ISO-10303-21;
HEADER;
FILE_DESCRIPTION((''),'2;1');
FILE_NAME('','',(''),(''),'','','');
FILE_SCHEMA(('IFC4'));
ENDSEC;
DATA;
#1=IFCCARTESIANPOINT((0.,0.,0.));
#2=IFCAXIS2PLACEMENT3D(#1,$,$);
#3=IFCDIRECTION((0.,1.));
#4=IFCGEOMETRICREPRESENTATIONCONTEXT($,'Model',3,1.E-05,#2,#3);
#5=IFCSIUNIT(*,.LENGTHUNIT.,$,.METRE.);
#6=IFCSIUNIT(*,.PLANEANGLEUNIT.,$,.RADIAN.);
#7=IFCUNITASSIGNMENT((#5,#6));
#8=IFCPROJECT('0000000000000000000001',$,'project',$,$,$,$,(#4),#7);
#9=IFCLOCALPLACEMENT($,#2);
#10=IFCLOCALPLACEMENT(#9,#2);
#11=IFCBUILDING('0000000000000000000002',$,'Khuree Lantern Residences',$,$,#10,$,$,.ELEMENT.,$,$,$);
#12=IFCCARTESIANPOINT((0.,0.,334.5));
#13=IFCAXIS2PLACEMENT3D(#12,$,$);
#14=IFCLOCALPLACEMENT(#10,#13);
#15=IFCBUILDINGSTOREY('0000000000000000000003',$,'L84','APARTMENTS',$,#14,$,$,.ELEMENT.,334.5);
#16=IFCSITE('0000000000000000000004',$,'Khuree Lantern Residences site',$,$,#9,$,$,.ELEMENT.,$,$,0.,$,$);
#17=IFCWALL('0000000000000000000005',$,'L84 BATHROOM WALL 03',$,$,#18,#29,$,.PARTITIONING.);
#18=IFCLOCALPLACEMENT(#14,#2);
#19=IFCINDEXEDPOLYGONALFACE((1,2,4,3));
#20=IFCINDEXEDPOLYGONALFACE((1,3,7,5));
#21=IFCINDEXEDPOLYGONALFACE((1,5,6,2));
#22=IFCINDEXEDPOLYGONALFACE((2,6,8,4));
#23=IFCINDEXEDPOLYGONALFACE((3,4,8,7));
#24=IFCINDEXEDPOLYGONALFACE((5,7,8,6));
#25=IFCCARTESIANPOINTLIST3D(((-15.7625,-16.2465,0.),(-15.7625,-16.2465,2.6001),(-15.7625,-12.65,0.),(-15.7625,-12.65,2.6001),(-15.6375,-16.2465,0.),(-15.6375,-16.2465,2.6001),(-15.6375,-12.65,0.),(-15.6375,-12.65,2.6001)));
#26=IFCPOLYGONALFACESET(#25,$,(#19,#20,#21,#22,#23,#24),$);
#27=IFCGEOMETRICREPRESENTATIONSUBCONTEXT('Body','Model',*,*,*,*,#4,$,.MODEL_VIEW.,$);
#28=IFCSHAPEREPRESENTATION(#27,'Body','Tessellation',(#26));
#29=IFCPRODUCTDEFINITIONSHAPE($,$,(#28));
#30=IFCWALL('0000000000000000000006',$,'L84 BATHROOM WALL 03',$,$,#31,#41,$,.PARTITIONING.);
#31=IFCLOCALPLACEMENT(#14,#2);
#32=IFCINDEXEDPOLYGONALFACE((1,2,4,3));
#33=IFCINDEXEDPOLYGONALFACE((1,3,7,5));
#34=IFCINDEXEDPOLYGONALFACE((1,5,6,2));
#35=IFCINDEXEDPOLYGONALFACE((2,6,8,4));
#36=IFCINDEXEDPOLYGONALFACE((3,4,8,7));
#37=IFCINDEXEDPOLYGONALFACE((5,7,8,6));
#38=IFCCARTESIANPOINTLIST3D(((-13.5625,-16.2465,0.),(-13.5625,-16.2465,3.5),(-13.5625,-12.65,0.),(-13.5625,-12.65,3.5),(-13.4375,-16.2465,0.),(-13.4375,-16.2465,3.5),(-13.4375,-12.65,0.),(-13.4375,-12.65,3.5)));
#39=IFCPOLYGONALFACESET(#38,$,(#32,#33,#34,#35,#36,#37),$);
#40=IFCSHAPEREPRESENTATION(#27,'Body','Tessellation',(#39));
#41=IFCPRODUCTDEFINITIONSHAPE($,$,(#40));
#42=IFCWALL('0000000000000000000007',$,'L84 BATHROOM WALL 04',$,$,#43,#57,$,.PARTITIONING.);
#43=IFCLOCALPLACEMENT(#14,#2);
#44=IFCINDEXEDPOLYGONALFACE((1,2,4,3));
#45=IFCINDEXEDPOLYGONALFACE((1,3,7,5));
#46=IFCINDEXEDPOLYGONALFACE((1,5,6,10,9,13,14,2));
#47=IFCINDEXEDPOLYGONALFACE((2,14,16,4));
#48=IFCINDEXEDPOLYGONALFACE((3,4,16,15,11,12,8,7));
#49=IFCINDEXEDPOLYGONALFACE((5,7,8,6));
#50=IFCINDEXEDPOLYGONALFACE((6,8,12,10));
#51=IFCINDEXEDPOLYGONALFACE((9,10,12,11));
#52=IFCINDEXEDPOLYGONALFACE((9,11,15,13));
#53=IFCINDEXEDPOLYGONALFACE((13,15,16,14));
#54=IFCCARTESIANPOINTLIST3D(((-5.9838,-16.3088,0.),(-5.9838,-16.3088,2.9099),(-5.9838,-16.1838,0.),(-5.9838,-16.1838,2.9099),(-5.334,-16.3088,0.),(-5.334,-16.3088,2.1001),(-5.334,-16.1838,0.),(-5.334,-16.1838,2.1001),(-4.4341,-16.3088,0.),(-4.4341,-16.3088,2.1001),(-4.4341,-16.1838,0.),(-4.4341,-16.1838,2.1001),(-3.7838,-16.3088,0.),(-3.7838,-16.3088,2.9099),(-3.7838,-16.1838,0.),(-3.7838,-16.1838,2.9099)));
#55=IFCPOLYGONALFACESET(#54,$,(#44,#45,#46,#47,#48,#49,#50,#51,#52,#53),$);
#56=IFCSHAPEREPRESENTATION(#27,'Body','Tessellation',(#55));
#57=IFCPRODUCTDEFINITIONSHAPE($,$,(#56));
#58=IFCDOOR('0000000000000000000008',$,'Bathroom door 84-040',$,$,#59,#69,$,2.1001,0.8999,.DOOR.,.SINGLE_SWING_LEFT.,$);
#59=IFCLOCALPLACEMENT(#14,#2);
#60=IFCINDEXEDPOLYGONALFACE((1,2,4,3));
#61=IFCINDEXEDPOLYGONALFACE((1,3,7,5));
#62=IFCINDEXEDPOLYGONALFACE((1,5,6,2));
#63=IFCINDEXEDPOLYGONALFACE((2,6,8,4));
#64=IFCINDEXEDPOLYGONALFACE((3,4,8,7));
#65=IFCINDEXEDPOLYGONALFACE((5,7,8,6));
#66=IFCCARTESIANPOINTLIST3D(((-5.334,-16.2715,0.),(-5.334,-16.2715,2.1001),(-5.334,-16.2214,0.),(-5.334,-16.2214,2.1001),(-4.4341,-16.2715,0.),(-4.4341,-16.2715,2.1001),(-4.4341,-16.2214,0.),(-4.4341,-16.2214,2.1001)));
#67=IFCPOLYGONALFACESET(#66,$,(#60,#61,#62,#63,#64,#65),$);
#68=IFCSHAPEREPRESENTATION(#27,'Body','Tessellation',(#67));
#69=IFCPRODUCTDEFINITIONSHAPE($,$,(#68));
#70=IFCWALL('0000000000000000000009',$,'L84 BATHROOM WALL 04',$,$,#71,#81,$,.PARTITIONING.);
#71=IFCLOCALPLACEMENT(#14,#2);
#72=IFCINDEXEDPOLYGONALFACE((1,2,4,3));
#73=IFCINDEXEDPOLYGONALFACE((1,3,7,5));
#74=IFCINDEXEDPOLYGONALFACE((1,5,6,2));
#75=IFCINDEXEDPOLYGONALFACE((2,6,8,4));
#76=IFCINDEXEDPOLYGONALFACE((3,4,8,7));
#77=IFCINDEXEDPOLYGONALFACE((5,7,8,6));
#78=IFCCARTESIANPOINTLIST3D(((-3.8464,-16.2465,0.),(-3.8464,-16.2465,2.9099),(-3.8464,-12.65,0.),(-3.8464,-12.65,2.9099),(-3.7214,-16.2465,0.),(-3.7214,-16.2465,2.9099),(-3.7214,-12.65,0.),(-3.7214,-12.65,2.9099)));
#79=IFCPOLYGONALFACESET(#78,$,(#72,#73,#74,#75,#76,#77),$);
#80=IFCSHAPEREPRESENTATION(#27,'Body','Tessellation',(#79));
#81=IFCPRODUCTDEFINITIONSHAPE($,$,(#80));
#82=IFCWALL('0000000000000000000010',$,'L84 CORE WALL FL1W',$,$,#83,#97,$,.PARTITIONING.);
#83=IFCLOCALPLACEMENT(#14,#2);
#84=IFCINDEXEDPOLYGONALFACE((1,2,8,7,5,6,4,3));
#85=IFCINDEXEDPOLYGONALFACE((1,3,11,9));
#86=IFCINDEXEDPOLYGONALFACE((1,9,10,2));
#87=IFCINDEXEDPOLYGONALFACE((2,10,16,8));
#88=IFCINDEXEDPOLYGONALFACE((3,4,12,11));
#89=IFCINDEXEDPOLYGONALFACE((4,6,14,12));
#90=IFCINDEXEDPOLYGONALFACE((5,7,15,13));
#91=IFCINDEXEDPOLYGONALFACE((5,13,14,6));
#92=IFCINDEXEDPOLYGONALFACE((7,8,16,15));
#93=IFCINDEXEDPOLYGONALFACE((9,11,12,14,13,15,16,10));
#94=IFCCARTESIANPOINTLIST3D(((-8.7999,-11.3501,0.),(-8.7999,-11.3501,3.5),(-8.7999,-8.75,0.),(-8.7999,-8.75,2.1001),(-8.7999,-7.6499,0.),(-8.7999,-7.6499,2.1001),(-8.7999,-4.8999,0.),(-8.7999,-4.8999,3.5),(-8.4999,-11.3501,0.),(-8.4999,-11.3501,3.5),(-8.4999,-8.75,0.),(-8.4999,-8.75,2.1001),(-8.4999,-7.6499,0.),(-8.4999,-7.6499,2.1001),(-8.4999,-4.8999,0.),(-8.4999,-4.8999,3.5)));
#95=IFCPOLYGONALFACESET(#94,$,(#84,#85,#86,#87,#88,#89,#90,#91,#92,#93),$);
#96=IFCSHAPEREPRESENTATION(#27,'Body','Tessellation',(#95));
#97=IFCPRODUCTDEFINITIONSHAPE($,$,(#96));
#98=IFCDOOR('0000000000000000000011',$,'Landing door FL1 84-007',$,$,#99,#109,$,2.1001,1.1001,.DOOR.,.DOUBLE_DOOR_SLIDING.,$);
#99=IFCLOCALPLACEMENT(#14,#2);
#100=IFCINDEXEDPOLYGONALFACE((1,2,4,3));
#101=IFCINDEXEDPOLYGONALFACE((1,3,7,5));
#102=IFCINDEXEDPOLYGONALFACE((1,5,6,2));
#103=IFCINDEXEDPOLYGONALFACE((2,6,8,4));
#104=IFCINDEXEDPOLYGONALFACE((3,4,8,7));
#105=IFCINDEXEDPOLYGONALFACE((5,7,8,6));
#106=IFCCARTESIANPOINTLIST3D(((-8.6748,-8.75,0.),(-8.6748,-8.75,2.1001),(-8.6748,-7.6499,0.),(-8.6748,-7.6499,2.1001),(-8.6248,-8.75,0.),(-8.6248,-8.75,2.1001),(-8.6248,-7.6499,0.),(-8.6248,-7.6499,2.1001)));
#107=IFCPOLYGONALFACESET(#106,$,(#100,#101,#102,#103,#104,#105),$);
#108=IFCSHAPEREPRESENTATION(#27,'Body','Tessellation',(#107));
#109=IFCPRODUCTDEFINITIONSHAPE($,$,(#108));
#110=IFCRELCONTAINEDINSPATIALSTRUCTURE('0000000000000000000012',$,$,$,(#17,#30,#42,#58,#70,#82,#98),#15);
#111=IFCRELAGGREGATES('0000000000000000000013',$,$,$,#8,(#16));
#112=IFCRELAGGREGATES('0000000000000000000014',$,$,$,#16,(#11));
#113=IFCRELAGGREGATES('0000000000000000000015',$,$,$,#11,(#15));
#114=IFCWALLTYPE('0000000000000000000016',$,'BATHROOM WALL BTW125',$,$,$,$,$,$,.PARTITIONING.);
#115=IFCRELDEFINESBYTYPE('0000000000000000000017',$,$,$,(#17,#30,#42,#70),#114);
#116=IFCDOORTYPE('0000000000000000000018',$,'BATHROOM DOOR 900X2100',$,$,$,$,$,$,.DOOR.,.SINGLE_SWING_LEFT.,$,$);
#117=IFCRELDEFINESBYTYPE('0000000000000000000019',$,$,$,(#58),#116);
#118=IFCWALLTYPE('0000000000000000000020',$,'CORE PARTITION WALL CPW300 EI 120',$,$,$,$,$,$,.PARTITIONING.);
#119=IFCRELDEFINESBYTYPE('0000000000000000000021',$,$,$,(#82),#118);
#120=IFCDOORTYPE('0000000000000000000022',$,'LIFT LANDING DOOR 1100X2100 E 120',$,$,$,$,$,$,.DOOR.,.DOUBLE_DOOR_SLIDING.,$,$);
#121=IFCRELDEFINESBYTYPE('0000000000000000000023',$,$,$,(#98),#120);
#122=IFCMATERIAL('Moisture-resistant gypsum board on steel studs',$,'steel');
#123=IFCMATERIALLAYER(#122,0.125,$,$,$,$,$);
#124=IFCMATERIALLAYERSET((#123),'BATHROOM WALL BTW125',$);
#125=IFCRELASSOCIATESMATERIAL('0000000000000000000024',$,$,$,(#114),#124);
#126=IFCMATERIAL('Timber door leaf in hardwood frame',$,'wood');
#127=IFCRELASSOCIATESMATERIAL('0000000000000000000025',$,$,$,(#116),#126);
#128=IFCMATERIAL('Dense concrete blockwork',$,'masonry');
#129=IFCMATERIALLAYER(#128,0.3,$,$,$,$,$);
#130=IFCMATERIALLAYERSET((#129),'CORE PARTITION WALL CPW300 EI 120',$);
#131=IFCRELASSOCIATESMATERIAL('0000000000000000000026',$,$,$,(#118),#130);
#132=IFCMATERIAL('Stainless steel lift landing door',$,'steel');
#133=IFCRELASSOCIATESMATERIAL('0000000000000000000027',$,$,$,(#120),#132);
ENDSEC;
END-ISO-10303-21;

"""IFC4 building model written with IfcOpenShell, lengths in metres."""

from ifc_helpers import new_model, si_unit, direction, frame, frame_2d, origin, place, context, subcontext, project, spatial, rectangle, extrude, material, layer, layer_set, type_object, element, fill, save


model = new_model("IFC4")

# Units and contexts
model_context = context("Model", 3, precision=1e-05, world=origin(), true_north=direction((0.0, 1.0)))
body_context = subcontext(model_context, "Body", "Model", "MODEL_VIEW")
ifc_project = project(units=[si_unit("LENGTHUNIT", "METRE"), si_unit("PLANEANGLEUNIT", "RADIAN")], contexts=[model_context])

# Site, building, storey
site_placement = place(None, origin())
site = spatial("IfcSite", under=ifc_project, at=site_placement, Name="Khuree Lantern Residences site", CompositionType="ELEMENT", RefElevation=0.0)
building_placement = place(site_placement, origin())
building = spatial("IfcBuilding", under=site, at=building_placement, Name="Khuree Lantern Residences", CompositionType="ELEMENT")
storey_placement = place(building_placement, frame((0.0, 0.0, 334.5)))
storey = spatial("IfcBuildingStorey", under=building, at=storey_placement, Name="L84", Description="APARTMENTS", CompositionType="ELEMENT", Elevation=334.5)

# Walls
ifc_material_1 = material(Name="Moisture-resistant gypsum board on steel studs", Category="steel")
ifc_layer_1 = layer(ifc_material_1, 0.125)
ifc_layer_set_1 = layer_set([ifc_layer_1], Name="BATHROOM WALL BTW125")
wall_type_1 = type_object("IfcWallType", Name="BATHROOM WALL BTW125", PredefinedType="PARTITIONING", material=ifc_layer_set_1)
wall_1_placement = place(storey_placement, frame((-15.7, -12.6499, 0.0), z_axis=(0.0, 0.0, 1.0), x_axis=(0.0, -1.0, 0.0)))
element("IfcWall", 1, at=wall_1_placement, inside=storey, type_object=wall_type_1, Name="L84 BATHROOM WALL 03", PredefinedType="PARTITIONING", context=body_context, shape_type="SweptSolid", body=[
    extrude(rectangle(XDim=3.5964, YDim=0.125, at=frame_2d((1.7983, 0.0))), origin(), (0.0, 0.0, 1.0), 2.6001),
])
wall_2_placement = place(storey_placement, frame((-13.5, -12.6499, 0.0), z_axis=(0.0, 0.0, 1.0), x_axis=(0.0, -1.0, 0.0)))
element("IfcWall", 2, at=wall_2_placement, inside=storey, type_object=wall_type_1, Name="L84 BATHROOM WALL 03", PredefinedType="PARTITIONING", context=body_context, shape_type="SweptSolid", body=[
    extrude(rectangle(XDim=3.5964, YDim=0.125, at=frame_2d((1.7983, 0.0))), origin(), (0.0, 0.0, 1.0), 3.5),
])

# Wall, opening, door
wall_3_placement = place(storey_placement, frame((-5.9839, -16.2463, 0.0), z_axis=(0.0, 0.0, 1.0), x_axis=(1.0, 0.0, 0.0)))
wall_3 = element("IfcWall", 3, at=wall_3_placement, inside=storey, type_object=wall_type_1, Name="L84 BATHROOM WALL 04", PredefinedType="PARTITIONING", context=body_context, shape_type="SweptSolid", body=[
    extrude(rectangle(XDim=2.2, YDim=0.125, at=frame_2d((1.1001, 0.0))), origin(), (0.0, 0.0, 1.0), 2.9099),
])
opening_1_placement = place(wall_3_placement, frame((0.6499, 0.0, 0.0)))
opening_1 = element("IfcOpeningElement", 4, at=opening_1_placement, cuts=wall_3, PredefinedType="OPENING", context=body_context, shape_type="SweptSolid", body=[
    extrude(rectangle(XDim=0.8999, YDim=2.1001, at=frame_2d((0.45, 1.05))), frame((0.0, 0.0725, 0.0), z_axis=(0.0, -1.0, 0.0), x_axis=(1.0, 0.0, 0.0)), (0.0, 0.0, 1.0), 0.145),
])
ifc_material_2 = material(Name="Timber door leaf in hardwood frame", Category="wood")
door_type_1 = type_object("IfcDoorType", Name="BATHROOM DOOR 900X2100", OperationType="SINGLE_SWING_LEFT", PredefinedType="DOOR", material=ifc_material_2)
door_1_placement = place(opening_1_placement, origin())
door_1 = element("IfcDoor", 5, at=door_1_placement, inside=storey, type_object=door_type_1, Name="Bathroom door 84-040", OperationType="SINGLE_SWING_LEFT", OverallHeight=2.1001, OverallWidth=0.8999, PredefinedType="DOOR", context=body_context, shape_type="SweptSolid", body=[
    extrude(rectangle(XDim=0.8999, YDim=2.1001, at=frame_2d((0.45, 1.05))), frame((0.0, 0.0249, 0.0), z_axis=(0.0, -1.0, 0.0), x_axis=(1.0, 0.0, 0.0)), (0.0, 0.0, 1.0), 0.05),
])
fill(opening_1, door_1)

# Wall
wall_4_placement = place(storey_placement, frame((-3.7839, -12.6499, 0.0), z_axis=(0.0, 0.0, 1.0), x_axis=(0.0, -1.0, 0.0)))
element("IfcWall", 6, at=wall_4_placement, inside=storey, type_object=wall_type_1, Name="L84 BATHROOM WALL 04", PredefinedType="PARTITIONING", context=body_context, shape_type="SweptSolid", body=[
    extrude(rectangle(XDim=3.5964, YDim=0.125, at=frame_2d((1.7983, 0.0))), origin(), (0.0, 0.0, 1.0), 2.9099),
])

# Wall, opening, door
ifc_material_3 = material(Name="Dense concrete blockwork", Category="masonry")
ifc_layer_2 = layer(ifc_material_3, 0.3)
ifc_layer_set_2 = layer_set([ifc_layer_2], Name="CORE PARTITION WALL CPW300 EI 120")
wall_type_2 = type_object("IfcWallType", Name="CORE PARTITION WALL CPW300 EI 120", PredefinedType="PARTITIONING", material=ifc_layer_set_2)
wall_5_placement = place(storey_placement, frame((-8.6499, -11.3501, 0.0), z_axis=(0.0, 0.0, 1.0), x_axis=(0.0, 1.0, 0.0)))
wall_5 = element("IfcWall", 7, at=wall_5_placement, inside=storey, type_object=wall_type_2, Name="L84 CORE WALL FL1W", PredefinedType="PARTITIONING", context=body_context, shape_type="SweptSolid", body=[
    extrude(rectangle(XDim=6.4502, YDim=0.3, at=frame_2d((3.2251, 0.0))), origin(), (0.0, 0.0, 1.0), 3.5),
])
opening_2_placement = place(wall_5_placement, frame((2.6001, 0.0, 0.0)))
opening_2 = element("IfcOpeningElement", 8, at=opening_2_placement, cuts=wall_5, PredefinedType="OPENING", context=body_context, shape_type="SweptSolid", body=[
    extrude(rectangle(XDim=1.1001, YDim=2.1001, at=frame_2d((0.55, 1.05))), frame((0.0, 0.1602, 0.0), z_axis=(0.0, -1.0, 0.0), x_axis=(1.0, 0.0, 0.0)), (0.0, 0.0, 1.0), 0.3201),
])
ifc_material_4 = material(Name="Stainless steel lift landing door", Category="steel")
door_type_2 = type_object("IfcDoorType", Name="LIFT LANDING DOOR 1100X2100 E 120", OperationType="DOUBLE_DOOR_SLIDING", PredefinedType="DOOR", material=ifc_material_4)
door_2_placement = place(opening_2_placement, origin())
door_2 = element("IfcDoor", 9, at=door_2_placement, inside=storey, type_object=door_type_2, Name="Landing door FL1 84-007", OperationType="DOUBLE_DOOR_SLIDING", OverallHeight=2.1001, OverallWidth=1.1001, PredefinedType="DOOR", context=body_context, shape_type="SweptSolid", body=[
    extrude(rectangle(XDim=1.1001, YDim=2.1001, at=frame_2d((0.55, 1.05))), frame((0.0, 0.0249, 0.0), z_axis=(0.0, -1.0, 0.0), x_axis=(1.0, 0.0, 0.0)), (0.0, 0.0, 1.0), 0.05),
])
fill(opening_2, door_2)

save(model, "model.ifc")
